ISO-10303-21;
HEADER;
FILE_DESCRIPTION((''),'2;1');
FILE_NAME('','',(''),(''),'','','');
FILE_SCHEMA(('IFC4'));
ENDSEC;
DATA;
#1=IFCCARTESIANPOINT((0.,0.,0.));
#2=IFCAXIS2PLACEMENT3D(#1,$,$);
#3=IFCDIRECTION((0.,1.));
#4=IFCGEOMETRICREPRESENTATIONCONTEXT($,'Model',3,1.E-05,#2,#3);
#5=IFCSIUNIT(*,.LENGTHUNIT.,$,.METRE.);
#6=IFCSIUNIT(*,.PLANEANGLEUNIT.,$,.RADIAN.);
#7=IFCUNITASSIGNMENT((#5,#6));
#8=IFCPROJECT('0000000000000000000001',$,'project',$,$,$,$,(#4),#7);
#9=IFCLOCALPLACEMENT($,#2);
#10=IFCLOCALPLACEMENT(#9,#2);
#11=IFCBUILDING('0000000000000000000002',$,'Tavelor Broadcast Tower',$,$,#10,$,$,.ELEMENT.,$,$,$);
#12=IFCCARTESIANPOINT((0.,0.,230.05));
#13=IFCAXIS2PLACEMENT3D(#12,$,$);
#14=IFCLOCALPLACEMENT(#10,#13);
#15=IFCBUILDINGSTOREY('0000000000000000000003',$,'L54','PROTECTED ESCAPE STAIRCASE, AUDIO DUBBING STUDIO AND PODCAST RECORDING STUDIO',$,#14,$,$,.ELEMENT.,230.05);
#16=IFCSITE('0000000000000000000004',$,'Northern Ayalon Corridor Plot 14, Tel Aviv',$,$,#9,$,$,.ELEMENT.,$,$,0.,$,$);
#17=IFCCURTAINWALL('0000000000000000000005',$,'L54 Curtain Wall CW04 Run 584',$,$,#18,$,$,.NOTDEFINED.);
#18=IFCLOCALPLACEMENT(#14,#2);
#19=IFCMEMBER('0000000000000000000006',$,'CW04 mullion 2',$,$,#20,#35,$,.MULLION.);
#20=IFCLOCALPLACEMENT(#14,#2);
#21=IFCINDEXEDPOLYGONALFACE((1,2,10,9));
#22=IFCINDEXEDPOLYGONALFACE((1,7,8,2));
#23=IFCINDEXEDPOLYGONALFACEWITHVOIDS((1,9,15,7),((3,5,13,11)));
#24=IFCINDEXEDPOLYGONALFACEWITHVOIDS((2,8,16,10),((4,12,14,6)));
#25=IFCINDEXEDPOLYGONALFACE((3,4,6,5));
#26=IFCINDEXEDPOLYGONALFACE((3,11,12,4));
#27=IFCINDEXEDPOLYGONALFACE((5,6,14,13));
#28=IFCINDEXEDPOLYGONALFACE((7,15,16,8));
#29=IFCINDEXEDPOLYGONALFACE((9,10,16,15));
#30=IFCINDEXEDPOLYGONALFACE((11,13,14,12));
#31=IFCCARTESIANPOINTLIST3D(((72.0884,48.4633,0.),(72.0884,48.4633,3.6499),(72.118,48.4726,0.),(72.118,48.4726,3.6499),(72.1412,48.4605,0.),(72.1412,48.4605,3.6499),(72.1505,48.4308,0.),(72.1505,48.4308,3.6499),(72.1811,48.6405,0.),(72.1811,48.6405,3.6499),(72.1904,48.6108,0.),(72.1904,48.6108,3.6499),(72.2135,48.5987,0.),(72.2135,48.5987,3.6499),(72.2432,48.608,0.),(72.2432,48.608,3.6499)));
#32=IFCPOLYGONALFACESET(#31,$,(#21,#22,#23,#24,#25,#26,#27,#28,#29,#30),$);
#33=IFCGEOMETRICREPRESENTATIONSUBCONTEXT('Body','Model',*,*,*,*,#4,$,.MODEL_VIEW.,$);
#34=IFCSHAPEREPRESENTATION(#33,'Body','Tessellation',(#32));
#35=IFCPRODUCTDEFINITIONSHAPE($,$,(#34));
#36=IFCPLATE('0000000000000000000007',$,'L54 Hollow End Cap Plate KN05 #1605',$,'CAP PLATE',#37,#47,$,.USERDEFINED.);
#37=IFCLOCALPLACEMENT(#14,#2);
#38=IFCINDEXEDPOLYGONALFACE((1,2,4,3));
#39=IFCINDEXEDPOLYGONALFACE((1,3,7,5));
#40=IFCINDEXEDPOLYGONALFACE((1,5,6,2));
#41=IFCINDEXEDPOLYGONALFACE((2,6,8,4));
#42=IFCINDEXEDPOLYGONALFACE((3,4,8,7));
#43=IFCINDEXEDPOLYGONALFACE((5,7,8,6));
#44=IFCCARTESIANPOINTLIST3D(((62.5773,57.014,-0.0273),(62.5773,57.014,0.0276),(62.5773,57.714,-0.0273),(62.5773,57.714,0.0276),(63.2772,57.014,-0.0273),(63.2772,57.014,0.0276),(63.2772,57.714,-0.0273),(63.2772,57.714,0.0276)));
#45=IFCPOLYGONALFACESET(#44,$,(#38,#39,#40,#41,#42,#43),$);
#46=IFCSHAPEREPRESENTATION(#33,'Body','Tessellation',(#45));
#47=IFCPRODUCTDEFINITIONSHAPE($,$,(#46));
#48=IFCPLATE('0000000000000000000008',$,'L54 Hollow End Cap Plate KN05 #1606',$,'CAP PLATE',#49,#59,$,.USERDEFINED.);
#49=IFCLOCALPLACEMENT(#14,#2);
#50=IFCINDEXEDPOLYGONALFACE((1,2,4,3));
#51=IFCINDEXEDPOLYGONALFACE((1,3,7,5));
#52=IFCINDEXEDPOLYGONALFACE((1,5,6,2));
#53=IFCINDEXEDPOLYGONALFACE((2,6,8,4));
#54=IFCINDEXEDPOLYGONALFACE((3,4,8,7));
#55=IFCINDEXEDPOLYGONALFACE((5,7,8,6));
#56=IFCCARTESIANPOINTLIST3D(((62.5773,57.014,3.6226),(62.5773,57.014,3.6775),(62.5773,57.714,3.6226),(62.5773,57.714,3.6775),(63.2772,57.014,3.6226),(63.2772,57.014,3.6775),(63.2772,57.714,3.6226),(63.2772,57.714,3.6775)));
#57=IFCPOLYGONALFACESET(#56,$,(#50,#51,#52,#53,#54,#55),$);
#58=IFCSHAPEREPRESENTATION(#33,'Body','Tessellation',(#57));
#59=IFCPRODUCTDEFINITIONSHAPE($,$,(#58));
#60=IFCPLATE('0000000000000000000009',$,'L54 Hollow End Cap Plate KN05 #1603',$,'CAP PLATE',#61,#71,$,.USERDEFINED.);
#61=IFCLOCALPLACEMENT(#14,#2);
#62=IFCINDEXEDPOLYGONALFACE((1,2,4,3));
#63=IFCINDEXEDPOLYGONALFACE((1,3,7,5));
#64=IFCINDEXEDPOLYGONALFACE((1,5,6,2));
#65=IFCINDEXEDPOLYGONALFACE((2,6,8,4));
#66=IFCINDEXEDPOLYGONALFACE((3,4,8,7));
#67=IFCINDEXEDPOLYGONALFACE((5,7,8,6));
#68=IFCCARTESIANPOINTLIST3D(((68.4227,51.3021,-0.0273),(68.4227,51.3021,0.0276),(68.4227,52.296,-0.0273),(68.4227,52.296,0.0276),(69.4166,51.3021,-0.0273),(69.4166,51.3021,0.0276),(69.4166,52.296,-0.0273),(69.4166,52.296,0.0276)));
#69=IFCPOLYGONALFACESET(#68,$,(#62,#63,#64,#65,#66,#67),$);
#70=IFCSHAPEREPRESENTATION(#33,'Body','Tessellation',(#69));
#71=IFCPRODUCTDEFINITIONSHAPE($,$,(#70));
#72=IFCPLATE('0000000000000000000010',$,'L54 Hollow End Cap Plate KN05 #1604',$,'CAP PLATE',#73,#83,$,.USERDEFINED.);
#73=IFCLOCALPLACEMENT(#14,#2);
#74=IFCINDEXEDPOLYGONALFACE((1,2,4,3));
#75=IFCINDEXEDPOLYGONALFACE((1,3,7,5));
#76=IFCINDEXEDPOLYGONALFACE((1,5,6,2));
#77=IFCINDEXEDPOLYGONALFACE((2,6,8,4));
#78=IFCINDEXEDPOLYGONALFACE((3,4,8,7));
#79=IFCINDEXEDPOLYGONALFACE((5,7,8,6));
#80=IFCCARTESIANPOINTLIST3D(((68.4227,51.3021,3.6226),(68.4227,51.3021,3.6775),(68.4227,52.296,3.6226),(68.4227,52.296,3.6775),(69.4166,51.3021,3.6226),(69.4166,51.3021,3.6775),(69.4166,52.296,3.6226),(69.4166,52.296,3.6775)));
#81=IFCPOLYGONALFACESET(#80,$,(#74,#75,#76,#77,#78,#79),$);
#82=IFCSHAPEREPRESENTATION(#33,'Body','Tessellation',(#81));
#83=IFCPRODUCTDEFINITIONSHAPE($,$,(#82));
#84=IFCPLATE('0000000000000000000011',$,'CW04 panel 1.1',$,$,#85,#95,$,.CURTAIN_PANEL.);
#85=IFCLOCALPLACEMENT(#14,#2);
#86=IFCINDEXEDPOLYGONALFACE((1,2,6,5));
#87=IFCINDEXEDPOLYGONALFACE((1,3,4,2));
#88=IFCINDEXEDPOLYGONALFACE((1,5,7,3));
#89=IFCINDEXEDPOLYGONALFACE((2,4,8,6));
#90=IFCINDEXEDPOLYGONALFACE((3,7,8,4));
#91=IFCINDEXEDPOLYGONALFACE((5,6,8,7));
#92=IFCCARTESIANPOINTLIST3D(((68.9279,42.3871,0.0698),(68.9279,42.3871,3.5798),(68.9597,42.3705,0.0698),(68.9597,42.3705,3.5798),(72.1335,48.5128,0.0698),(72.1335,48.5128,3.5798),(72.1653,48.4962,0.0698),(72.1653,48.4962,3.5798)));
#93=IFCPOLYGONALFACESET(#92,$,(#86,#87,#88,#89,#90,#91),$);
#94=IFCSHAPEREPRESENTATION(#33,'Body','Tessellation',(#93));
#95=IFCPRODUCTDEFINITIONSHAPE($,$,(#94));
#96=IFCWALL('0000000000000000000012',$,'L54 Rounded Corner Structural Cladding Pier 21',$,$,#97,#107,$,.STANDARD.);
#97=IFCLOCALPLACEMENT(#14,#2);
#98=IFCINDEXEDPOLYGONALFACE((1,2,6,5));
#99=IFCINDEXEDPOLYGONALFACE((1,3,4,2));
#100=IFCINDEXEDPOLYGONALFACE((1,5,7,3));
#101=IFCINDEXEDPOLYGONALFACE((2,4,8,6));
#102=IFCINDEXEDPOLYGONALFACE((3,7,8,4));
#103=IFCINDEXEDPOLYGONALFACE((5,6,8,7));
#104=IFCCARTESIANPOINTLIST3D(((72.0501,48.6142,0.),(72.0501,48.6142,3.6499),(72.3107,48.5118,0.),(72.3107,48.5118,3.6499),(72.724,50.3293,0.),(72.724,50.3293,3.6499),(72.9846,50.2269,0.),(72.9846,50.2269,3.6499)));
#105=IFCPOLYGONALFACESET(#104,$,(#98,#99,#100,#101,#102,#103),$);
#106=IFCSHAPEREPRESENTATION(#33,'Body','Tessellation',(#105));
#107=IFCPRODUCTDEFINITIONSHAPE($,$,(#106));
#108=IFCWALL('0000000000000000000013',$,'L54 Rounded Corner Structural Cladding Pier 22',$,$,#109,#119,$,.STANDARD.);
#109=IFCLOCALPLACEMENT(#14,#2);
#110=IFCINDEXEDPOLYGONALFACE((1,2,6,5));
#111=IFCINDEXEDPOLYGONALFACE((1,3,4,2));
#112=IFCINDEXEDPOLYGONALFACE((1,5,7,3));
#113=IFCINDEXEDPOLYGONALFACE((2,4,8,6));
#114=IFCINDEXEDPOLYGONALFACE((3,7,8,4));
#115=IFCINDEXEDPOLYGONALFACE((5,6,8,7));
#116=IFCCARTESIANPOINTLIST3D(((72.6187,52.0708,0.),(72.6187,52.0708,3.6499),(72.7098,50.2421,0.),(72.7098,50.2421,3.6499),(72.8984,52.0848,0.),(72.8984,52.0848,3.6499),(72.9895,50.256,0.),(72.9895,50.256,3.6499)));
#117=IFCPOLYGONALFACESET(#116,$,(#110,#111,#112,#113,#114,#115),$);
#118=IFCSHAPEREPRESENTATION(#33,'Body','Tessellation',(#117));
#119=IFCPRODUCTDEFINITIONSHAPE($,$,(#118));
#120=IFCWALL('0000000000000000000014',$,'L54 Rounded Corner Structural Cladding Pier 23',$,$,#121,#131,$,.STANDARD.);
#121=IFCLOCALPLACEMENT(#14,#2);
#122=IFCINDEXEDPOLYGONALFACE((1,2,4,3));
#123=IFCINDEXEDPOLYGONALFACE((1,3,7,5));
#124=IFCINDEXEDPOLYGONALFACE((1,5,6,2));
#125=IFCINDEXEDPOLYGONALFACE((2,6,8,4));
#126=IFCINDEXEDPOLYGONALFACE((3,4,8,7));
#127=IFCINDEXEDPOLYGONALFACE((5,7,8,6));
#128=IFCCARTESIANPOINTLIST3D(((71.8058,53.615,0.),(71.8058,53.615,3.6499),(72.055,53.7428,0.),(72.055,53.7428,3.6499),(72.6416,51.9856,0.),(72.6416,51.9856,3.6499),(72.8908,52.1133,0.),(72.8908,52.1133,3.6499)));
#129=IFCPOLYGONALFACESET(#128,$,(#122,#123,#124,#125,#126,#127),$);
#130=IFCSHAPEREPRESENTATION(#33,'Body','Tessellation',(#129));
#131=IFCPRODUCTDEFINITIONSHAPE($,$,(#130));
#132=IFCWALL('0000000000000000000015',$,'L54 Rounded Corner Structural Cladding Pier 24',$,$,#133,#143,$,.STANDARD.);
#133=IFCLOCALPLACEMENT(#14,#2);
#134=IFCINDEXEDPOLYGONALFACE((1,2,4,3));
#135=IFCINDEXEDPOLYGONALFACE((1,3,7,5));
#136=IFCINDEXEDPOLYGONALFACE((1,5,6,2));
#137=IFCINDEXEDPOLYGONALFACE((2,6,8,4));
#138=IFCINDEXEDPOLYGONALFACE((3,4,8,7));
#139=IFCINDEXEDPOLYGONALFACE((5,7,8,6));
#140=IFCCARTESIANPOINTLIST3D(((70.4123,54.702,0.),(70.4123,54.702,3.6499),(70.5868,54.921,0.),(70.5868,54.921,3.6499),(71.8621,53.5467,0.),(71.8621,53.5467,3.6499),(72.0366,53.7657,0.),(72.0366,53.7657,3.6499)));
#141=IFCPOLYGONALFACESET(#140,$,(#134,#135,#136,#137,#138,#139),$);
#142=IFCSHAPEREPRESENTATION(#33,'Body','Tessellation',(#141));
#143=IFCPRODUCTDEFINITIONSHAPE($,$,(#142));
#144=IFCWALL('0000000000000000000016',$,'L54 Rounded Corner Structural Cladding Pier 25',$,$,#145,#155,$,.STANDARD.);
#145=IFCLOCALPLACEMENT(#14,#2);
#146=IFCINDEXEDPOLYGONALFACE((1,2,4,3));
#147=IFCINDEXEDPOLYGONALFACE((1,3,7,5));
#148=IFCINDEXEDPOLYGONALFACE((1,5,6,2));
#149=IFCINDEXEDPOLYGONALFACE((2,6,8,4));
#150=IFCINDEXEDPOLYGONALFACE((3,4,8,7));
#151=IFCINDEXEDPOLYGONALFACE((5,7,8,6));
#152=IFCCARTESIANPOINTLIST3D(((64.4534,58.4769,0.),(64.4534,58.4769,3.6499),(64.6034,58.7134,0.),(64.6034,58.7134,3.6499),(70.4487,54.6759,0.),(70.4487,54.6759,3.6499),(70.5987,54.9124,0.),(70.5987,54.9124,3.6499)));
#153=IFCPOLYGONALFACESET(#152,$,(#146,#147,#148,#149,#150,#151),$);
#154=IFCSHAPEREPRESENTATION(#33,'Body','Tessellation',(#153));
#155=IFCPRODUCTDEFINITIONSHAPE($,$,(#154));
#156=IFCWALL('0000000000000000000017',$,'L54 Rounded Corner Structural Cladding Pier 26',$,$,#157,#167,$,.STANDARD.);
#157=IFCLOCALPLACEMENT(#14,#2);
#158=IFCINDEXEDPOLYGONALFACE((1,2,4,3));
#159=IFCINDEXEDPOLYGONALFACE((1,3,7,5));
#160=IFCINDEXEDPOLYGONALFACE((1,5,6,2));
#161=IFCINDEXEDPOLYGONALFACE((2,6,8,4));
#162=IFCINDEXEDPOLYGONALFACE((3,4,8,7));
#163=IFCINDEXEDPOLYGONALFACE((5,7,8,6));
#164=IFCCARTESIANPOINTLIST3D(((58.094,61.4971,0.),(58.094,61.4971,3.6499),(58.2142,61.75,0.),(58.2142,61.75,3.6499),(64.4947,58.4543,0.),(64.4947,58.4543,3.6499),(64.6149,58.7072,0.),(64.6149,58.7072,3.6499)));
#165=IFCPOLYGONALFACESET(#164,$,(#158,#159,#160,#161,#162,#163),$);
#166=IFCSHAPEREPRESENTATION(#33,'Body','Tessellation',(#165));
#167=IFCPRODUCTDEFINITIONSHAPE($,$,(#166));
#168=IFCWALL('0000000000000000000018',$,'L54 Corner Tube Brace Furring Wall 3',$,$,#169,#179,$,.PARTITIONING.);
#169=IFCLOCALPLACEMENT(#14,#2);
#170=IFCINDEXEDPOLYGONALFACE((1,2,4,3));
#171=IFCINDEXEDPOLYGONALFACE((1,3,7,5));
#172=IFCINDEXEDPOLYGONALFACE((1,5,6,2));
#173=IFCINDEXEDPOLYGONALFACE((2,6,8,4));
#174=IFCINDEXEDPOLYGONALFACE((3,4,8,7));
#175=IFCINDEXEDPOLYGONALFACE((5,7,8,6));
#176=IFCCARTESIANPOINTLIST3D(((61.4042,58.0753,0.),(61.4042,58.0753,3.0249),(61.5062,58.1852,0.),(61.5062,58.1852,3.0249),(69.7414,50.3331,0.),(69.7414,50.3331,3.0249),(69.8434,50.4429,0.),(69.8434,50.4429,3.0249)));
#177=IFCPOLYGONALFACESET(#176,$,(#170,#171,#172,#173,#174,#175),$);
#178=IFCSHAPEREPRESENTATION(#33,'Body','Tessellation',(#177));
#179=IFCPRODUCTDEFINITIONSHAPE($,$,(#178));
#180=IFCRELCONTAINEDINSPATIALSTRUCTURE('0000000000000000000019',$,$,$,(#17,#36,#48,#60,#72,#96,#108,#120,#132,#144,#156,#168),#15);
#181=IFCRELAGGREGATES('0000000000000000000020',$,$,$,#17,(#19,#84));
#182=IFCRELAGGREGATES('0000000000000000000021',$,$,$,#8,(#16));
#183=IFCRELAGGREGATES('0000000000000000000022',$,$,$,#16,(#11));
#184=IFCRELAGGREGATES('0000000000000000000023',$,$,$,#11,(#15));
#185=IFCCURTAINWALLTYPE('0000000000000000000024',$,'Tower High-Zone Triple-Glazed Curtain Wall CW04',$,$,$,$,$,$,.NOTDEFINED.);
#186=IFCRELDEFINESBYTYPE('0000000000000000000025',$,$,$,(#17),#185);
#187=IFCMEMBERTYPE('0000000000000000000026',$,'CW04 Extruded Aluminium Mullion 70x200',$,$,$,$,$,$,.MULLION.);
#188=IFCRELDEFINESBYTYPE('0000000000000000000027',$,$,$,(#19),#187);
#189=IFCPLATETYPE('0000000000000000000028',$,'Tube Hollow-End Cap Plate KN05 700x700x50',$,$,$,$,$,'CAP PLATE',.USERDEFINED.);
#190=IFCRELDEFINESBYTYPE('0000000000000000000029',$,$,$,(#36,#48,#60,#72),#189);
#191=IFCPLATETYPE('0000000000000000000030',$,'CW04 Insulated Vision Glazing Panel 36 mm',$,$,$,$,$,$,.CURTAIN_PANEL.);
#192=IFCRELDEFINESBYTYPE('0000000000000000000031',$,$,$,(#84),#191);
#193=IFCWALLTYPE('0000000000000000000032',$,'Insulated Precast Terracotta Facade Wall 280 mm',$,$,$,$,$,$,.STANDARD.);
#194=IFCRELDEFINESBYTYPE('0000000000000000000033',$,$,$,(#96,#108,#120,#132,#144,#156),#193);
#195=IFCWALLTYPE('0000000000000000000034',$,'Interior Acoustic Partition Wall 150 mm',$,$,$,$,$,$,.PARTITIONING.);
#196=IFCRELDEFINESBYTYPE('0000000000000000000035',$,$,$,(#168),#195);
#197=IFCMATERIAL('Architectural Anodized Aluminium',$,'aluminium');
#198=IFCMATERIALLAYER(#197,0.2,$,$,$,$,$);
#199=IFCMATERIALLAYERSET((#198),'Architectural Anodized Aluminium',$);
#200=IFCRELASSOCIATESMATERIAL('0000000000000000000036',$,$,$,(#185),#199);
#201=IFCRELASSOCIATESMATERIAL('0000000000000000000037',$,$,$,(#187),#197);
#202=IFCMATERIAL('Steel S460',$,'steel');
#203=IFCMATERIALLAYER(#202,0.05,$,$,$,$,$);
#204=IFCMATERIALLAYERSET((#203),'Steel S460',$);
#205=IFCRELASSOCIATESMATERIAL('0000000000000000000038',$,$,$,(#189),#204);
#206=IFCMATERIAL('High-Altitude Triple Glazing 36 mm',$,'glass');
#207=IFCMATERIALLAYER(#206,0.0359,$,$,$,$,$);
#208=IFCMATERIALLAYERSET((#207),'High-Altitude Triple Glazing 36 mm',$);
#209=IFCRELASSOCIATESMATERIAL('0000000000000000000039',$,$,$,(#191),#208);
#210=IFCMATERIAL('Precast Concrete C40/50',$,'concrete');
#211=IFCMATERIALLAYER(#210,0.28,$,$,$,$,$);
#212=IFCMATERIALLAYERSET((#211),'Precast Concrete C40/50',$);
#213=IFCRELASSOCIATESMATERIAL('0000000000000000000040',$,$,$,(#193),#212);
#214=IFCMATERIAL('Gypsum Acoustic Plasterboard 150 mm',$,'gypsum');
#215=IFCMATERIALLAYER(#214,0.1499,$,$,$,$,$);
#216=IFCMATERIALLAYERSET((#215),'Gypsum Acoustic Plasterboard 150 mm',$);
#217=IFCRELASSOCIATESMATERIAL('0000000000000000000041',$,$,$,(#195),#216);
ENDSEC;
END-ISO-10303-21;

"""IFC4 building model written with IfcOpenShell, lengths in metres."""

from ifc_helpers import new_model, si_unit, direction, frame, frame_2d, origin, origin_2d, place, context, subcontext, project, spatial, rectangle, hollow_rectangle, extrude, source, transform, mapped, material, layer, layer_set, material_profile, profile_set, type_object, type_shapes, element, aggregate, save


model = new_model("IFC4")

# Units and contexts
model_context = context("Model", 3, precision=1e-05, world=origin(), true_north=direction((0.0, 1.0)))
body_context = subcontext(model_context, "Body", "Model", "MODEL_VIEW")
ifc_project = project(units=[si_unit("LENGTHUNIT", "METRE"), si_unit("PLANEANGLEUNIT", "RADIAN")], contexts=[model_context])

# Site, building, storey
site_placement = place(None, origin())
site = spatial("IfcSite", under=ifc_project, at=site_placement, Name="Northern Ayalon Corridor Plot 14, Tel Aviv", CompositionType="ELEMENT", RefElevation=0.0)
building_placement = place(site_placement, origin())
building = spatial("IfcBuilding", under=site, at=building_placement, Name="Tavelor Broadcast Tower", CompositionType="ELEMENT")
storey_placement = place(building_placement, frame((0.0, 0.0, 230.05)))
storey = spatial("IfcBuildingStorey", under=building, at=storey_placement, Name="L54", Description="PROTECTED ESCAPE STAIRCASE, AUDIO DUBBING STUDIO AND PODCAST RECORDING STUDIO", CompositionType="ELEMENT", Elevation=230.05)

# Shared definitions
ifc_material_1 = material(Name="Steel S460", Category="steel")

# Curtain wall, member
ifc_material_2 = material(Name="Architectural Anodized Aluminium", Category="aluminium")
ifc_layer_1 = layer(ifc_material_2, 0.2)
ifc_layer_set_1 = layer_set([ifc_layer_1], Name="Architectural Anodized Aluminium")
curtain_wall_type = type_object("IfcCurtainWallType", Name="Tower High-Zone Triple-Glazed Curtain Wall CW04", PredefinedType="NOTDEFINED", material=ifc_layer_set_1)
curtain_wall_placement = place(storey_placement, origin())
curtain_wall = element("IfcCurtainWall", 1, at=curtain_wall_placement, inside=storey, type_object=curtain_wall_type, Name="L54 Curtain Wall CW04 Run 584", PredefinedType="NOTDEFINED")
ifc_material_profile_1 = material_profile(ifc_material_2, hollow_rectangle(XDim=0.0701, YDim=0.2, WallThickness=0.022, at=origin_2d()), Name="RHS 70x200x22")
ifc_profile_set_1 = profile_set([ifc_material_profile_1], Name="Architectural Anodized Aluminium")
member_type_1 = type_object("IfcMemberType", Name="CW04 Extruded Aluminium Mullion 70x200", PredefinedType="MULLION", material=ifc_profile_set_1)
shared_shape_1 = source(origin(), body_context, "Body", "SweptSolid", [
    extrude(hollow_rectangle(XDim=0.0701, YDim=0.2, WallThickness=0.022, at=origin_2d()), origin(), (0.0, 0.0, 1.0), 3.6499),
])
type_shapes(member_type_1, [shared_shape_1])
member_1_placement = place(storey_placement, frame((72.1658, 48.5356, 0.0), z_axis=(0.0, 0.0, 1.0), x_axis=(-0.886015, 0.463656, 0.0)))
member_1 = element("IfcMember", 2, at=member_1_placement, type_object=member_type_1, Name="CW04 mullion 2", PredefinedType="MULLION", context=body_context, shape_type="MappedRepresentation", body=[
    mapped(shared_shape_1, transform((0.0, 0.0, 0.0), scale=1.0)),
])

# Plates
ifc_layer_2 = layer(ifc_material_1, 0.05)
ifc_layer_set_2 = layer_set([ifc_layer_2], Name="Steel S460")
plate_type_1 = type_object("IfcPlateType", Name="Tube Hollow-End Cap Plate KN05 700x700x50", ElementType="CAP PLATE", PredefinedType="USERDEFINED", material=ifc_layer_set_2)
shared_shape_2 = source(origin(), body_context, "Body", "SweptSolid", [
    extrude(rectangle(XDim=0.7, YDim=0.7, at=origin_2d()), origin(), (0.0, 0.0, 1.0), 0.0549),
])
for number, where, z_axis, x_axis, name in (
    (3, (62.9272, 57.364, -0.0273), (0.0, 0.0, 1.0), (1.0, 0.0, 0.0), "L54 Hollow End Cap Plate KN05 #1605"),
    (4, (62.9272, 57.364, 3.6226), (0.0, 0.0, 1.0), (1.0, 0.0, 0.0), "L54 Hollow End Cap Plate KN05 #1606"),
):
    element("IfcPlate", number, at=place(storey_placement, frame(where, z_axis=z_axis, x_axis=x_axis)), inside=storey, type_object=plate_type_1, Name=name, ObjectType="CAP PLATE", PredefinedType="USERDEFINED", context=body_context, shape_type="MappedRepresentation", body=[
        mapped(shared_shape_2, transform((0.0, 0.0, 0.0), scale=1.0)),
    ])
shared_shape_3 = source(origin(), body_context, "Body", "SweptSolid", [
    extrude(rectangle(XDim=0.9939, YDim=0.9939, at=origin_2d()), origin(), (0.0, 0.0, 1.0), 0.0549),
])
type_shapes(plate_type_1, [shared_shape_2, shared_shape_3])
for number, where, z_axis, x_axis, name in (
    (5, (68.9197, 51.7991, -0.0273), (0.0, 0.0, 1.0), (1.0, 0.0, 0.0), "L54 Hollow End Cap Plate KN05 #1603"),
    (6, (68.9197, 51.7991, 3.6226), (0.0, 0.0, 1.0), (1.0, 0.0, 0.0), "L54 Hollow End Cap Plate KN05 #1604"),
):
    element("IfcPlate", number, at=place(storey_placement, frame(where, z_axis=z_axis, x_axis=x_axis)), inside=storey, type_object=plate_type_1, Name=name, ObjectType="CAP PLATE", PredefinedType="USERDEFINED", context=body_context, shape_type="MappedRepresentation", body=[
        mapped(shared_shape_3, transform((0.0, 0.0, 0.0), scale=1.0)),
    ])

# Plate
ifc_material_3 = material(Name="High-Altitude Triple Glazing 36 mm", Category="glass")
ifc_layer_3 = layer(ifc_material_3, 0.0359)
ifc_layer_set_3 = layer_set([ifc_layer_3], Name="High-Altitude Triple Glazing 36 mm")
plate_type_2 = type_object("IfcPlateType", Name="CW04 Insulated Vision Glazing Panel 36 mm", PredefinedType="CURTAIN_PANEL", material=ifc_layer_set_3)
shared_shape_4 = source(origin(), body_context, "Body", "SweptSolid", [
    extrude(rectangle(XDim=6.9138, YDim=0.0359, at=origin_2d()), origin(), (0.0, 0.0, 1.0), 3.51),
])
type_shapes(plate_type_2, [shared_shape_4])
plate_placement = place(storey_placement, frame((70.5466, 45.4417, 0.0698), z_axis=(0.0, 0.0, 1.0), x_axis=(0.463656, 0.886015, 0.0)))
plate = element("IfcPlate", 7, at=plate_placement, type_object=plate_type_2, Name="CW04 panel 1.1", PredefinedType="CURTAIN_PANEL", context=body_context, shape_type="MappedRepresentation", body=[
    mapped(shared_shape_4, transform((0.0, 0.0, 0.0), scale=1.0)),
])
aggregate(curtain_wall, [member_1, plate])

# Walls
ifc_material_4 = material(Name="Precast Concrete C40/50", Category="concrete")
ifc_layer_4 = layer(ifc_material_4, 0.28)
ifc_layer_set_4 = layer_set([ifc_layer_4], Name="Precast Concrete C40/50")
wall_type_1 = type_object("IfcWallType", Name="Insulated Precast Terracotta Facade Wall 280 mm", PredefinedType="STANDARD", material=ifc_layer_set_4)
wall_1_placement = place(storey_placement, frame((72.1804, 48.563, 0.0), z_axis=(0.0, 0.0, 1.0), x_axis=(0.365673, 0.930743, 0.0)))
element("IfcWall", 8, at=wall_1_placement, inside=storey, type_object=wall_type_1, Name="L54 Rounded Corner Structural Cladding Pier 21", PredefinedType="STANDARD", context=body_context, shape_type="SweptSolid", body=[
    extrude(rectangle(XDim=1.8428, YDim=0.28, at=frame_2d((0.9214, 0.0))), origin(), (0.0, 0.0, 1.0), 3.6499),
])
wall_2_placement = place(storey_placement, frame((72.8496, 50.249, 0.0), z_axis=(0.0, 0.0, 1.0), x_axis=(-0.049731, 0.998763, 0.0)))
element("IfcWall", 9, at=wall_2_placement, inside=storey, type_object=wall_type_1, Name="L54 Rounded Corner Structural Cladding Pier 22", PredefinedType="STANDARD", context=body_context, shape_type="SweptSolid", body=[
    extrude(rectangle(XDim=1.8311, YDim=0.28, at=frame_2d((0.9155, 0.0))), origin(), (0.0, 0.0, 1.0), 3.6499),
])
wall_3_placement = place(storey_placement, frame((72.7661, 52.0496, 0.0), z_axis=(0.0, 0.0, 1.0), x_axis=(-0.456363, 0.889794, 0.0)))
element("IfcWall", 10, at=wall_3_placement, inside=storey, type_object=wall_type_1, Name="L54 Rounded Corner Structural Cladding Pier 23", PredefinedType="STANDARD", context=body_context, shape_type="SweptSolid", body=[
    extrude(rectangle(XDim=1.8313, YDim=0.28, at=frame_2d((0.9155, 0.0))), origin(), (0.0, 0.0, 1.0), 3.6499),
])
wall_4_placement = place(storey_placement, frame((71.9492, 53.6562, 0.0), z_axis=(0.0, 0.0, 1.0), x_axis=(-0.78205, 0.623216, 0.0)))
element("IfcWall", 11, at=wall_4_placement, inside=storey, type_object=wall_type_1, Name="L54 Rounded Corner Structural Cladding Pier 24", PredefinedType="STANDARD", context=body_context, shape_type="SweptSolid", body=[
    extrude(rectangle(XDim=1.8538, YDim=0.28, at=frame_2d((0.9268, 0.0))), origin(), (0.0, 0.0, 1.0), 3.6499),
])
wall_5_placement = place(storey_placement, frame((70.5237, 54.7942, 0.0), z_axis=(0.0, 0.0, 1.0), x_axis=(-0.844567, 0.53545, 0.0)))
element("IfcWall", 12, at=wall_5_placement, inside=storey, type_object=wall_type_1, Name="L54 Rounded Corner Structural Cladding Pier 25", PredefinedType="STANDARD", context=body_context, shape_type="SweptSolid", body=[
    extrude(rectangle(XDim=7.0986, YDim=0.28, at=frame_2d((3.5493, 0.0))), origin(), (0.0, 0.0, 1.0), 3.6499),
])
wall_6_placement = place(storey_placement, frame((64.5547, 58.5808, 0.0), z_axis=(0.0, 0.0, 1.0), x_axis=(-0.903145, 0.429336, 0.0)))
element("IfcWall", 13, at=wall_6_placement, inside=storey, type_object=wall_type_1, Name="L54 Rounded Corner Structural Cladding Pier 26", PredefinedType="STANDARD", context=body_context, shape_type="SweptSolid", body=[
    extrude(rectangle(XDim=7.0872, YDim=0.28, at=frame_2d((3.5435, 0.0))), origin(), (0.0, 0.0, 1.0), 3.6499),
])
ifc_material_5 = material(Name="Gypsum Acoustic Plasterboard 150 mm", Category="gypsum")
ifc_layer_5 = layer(ifc_material_5, 0.1499)
ifc_layer_set_5 = layer_set([ifc_layer_5], Name="Gypsum Acoustic Plasterboard 150 mm")
wall_type_2 = type_object("IfcWallType", Name="Interior Acoustic Partition Wall 150 mm", PredefinedType="PARTITIONING", material=ifc_layer_set_5)
wall_7_placement = place(storey_placement, frame((69.7925, 50.3879, 0.0), z_axis=(0.0, 0.0, 1.0), x_axis=(-0.73277, 0.680477, 0.0)))
element("IfcWall", 14, at=wall_7_placement, inside=storey, type_object=wall_type_2, Name="L54 Corner Tube Brace Furring Wall 3", PredefinedType="PARTITIONING", context=body_context, shape_type="SweptSolid", body=[
    extrude(rectangle(XDim=11.3777, YDim=0.1499, at=frame_2d((5.689, 0.0))), origin(), (0.0, 0.0, 1.0), 3.0249),
])

save(model, "model.ifc")
